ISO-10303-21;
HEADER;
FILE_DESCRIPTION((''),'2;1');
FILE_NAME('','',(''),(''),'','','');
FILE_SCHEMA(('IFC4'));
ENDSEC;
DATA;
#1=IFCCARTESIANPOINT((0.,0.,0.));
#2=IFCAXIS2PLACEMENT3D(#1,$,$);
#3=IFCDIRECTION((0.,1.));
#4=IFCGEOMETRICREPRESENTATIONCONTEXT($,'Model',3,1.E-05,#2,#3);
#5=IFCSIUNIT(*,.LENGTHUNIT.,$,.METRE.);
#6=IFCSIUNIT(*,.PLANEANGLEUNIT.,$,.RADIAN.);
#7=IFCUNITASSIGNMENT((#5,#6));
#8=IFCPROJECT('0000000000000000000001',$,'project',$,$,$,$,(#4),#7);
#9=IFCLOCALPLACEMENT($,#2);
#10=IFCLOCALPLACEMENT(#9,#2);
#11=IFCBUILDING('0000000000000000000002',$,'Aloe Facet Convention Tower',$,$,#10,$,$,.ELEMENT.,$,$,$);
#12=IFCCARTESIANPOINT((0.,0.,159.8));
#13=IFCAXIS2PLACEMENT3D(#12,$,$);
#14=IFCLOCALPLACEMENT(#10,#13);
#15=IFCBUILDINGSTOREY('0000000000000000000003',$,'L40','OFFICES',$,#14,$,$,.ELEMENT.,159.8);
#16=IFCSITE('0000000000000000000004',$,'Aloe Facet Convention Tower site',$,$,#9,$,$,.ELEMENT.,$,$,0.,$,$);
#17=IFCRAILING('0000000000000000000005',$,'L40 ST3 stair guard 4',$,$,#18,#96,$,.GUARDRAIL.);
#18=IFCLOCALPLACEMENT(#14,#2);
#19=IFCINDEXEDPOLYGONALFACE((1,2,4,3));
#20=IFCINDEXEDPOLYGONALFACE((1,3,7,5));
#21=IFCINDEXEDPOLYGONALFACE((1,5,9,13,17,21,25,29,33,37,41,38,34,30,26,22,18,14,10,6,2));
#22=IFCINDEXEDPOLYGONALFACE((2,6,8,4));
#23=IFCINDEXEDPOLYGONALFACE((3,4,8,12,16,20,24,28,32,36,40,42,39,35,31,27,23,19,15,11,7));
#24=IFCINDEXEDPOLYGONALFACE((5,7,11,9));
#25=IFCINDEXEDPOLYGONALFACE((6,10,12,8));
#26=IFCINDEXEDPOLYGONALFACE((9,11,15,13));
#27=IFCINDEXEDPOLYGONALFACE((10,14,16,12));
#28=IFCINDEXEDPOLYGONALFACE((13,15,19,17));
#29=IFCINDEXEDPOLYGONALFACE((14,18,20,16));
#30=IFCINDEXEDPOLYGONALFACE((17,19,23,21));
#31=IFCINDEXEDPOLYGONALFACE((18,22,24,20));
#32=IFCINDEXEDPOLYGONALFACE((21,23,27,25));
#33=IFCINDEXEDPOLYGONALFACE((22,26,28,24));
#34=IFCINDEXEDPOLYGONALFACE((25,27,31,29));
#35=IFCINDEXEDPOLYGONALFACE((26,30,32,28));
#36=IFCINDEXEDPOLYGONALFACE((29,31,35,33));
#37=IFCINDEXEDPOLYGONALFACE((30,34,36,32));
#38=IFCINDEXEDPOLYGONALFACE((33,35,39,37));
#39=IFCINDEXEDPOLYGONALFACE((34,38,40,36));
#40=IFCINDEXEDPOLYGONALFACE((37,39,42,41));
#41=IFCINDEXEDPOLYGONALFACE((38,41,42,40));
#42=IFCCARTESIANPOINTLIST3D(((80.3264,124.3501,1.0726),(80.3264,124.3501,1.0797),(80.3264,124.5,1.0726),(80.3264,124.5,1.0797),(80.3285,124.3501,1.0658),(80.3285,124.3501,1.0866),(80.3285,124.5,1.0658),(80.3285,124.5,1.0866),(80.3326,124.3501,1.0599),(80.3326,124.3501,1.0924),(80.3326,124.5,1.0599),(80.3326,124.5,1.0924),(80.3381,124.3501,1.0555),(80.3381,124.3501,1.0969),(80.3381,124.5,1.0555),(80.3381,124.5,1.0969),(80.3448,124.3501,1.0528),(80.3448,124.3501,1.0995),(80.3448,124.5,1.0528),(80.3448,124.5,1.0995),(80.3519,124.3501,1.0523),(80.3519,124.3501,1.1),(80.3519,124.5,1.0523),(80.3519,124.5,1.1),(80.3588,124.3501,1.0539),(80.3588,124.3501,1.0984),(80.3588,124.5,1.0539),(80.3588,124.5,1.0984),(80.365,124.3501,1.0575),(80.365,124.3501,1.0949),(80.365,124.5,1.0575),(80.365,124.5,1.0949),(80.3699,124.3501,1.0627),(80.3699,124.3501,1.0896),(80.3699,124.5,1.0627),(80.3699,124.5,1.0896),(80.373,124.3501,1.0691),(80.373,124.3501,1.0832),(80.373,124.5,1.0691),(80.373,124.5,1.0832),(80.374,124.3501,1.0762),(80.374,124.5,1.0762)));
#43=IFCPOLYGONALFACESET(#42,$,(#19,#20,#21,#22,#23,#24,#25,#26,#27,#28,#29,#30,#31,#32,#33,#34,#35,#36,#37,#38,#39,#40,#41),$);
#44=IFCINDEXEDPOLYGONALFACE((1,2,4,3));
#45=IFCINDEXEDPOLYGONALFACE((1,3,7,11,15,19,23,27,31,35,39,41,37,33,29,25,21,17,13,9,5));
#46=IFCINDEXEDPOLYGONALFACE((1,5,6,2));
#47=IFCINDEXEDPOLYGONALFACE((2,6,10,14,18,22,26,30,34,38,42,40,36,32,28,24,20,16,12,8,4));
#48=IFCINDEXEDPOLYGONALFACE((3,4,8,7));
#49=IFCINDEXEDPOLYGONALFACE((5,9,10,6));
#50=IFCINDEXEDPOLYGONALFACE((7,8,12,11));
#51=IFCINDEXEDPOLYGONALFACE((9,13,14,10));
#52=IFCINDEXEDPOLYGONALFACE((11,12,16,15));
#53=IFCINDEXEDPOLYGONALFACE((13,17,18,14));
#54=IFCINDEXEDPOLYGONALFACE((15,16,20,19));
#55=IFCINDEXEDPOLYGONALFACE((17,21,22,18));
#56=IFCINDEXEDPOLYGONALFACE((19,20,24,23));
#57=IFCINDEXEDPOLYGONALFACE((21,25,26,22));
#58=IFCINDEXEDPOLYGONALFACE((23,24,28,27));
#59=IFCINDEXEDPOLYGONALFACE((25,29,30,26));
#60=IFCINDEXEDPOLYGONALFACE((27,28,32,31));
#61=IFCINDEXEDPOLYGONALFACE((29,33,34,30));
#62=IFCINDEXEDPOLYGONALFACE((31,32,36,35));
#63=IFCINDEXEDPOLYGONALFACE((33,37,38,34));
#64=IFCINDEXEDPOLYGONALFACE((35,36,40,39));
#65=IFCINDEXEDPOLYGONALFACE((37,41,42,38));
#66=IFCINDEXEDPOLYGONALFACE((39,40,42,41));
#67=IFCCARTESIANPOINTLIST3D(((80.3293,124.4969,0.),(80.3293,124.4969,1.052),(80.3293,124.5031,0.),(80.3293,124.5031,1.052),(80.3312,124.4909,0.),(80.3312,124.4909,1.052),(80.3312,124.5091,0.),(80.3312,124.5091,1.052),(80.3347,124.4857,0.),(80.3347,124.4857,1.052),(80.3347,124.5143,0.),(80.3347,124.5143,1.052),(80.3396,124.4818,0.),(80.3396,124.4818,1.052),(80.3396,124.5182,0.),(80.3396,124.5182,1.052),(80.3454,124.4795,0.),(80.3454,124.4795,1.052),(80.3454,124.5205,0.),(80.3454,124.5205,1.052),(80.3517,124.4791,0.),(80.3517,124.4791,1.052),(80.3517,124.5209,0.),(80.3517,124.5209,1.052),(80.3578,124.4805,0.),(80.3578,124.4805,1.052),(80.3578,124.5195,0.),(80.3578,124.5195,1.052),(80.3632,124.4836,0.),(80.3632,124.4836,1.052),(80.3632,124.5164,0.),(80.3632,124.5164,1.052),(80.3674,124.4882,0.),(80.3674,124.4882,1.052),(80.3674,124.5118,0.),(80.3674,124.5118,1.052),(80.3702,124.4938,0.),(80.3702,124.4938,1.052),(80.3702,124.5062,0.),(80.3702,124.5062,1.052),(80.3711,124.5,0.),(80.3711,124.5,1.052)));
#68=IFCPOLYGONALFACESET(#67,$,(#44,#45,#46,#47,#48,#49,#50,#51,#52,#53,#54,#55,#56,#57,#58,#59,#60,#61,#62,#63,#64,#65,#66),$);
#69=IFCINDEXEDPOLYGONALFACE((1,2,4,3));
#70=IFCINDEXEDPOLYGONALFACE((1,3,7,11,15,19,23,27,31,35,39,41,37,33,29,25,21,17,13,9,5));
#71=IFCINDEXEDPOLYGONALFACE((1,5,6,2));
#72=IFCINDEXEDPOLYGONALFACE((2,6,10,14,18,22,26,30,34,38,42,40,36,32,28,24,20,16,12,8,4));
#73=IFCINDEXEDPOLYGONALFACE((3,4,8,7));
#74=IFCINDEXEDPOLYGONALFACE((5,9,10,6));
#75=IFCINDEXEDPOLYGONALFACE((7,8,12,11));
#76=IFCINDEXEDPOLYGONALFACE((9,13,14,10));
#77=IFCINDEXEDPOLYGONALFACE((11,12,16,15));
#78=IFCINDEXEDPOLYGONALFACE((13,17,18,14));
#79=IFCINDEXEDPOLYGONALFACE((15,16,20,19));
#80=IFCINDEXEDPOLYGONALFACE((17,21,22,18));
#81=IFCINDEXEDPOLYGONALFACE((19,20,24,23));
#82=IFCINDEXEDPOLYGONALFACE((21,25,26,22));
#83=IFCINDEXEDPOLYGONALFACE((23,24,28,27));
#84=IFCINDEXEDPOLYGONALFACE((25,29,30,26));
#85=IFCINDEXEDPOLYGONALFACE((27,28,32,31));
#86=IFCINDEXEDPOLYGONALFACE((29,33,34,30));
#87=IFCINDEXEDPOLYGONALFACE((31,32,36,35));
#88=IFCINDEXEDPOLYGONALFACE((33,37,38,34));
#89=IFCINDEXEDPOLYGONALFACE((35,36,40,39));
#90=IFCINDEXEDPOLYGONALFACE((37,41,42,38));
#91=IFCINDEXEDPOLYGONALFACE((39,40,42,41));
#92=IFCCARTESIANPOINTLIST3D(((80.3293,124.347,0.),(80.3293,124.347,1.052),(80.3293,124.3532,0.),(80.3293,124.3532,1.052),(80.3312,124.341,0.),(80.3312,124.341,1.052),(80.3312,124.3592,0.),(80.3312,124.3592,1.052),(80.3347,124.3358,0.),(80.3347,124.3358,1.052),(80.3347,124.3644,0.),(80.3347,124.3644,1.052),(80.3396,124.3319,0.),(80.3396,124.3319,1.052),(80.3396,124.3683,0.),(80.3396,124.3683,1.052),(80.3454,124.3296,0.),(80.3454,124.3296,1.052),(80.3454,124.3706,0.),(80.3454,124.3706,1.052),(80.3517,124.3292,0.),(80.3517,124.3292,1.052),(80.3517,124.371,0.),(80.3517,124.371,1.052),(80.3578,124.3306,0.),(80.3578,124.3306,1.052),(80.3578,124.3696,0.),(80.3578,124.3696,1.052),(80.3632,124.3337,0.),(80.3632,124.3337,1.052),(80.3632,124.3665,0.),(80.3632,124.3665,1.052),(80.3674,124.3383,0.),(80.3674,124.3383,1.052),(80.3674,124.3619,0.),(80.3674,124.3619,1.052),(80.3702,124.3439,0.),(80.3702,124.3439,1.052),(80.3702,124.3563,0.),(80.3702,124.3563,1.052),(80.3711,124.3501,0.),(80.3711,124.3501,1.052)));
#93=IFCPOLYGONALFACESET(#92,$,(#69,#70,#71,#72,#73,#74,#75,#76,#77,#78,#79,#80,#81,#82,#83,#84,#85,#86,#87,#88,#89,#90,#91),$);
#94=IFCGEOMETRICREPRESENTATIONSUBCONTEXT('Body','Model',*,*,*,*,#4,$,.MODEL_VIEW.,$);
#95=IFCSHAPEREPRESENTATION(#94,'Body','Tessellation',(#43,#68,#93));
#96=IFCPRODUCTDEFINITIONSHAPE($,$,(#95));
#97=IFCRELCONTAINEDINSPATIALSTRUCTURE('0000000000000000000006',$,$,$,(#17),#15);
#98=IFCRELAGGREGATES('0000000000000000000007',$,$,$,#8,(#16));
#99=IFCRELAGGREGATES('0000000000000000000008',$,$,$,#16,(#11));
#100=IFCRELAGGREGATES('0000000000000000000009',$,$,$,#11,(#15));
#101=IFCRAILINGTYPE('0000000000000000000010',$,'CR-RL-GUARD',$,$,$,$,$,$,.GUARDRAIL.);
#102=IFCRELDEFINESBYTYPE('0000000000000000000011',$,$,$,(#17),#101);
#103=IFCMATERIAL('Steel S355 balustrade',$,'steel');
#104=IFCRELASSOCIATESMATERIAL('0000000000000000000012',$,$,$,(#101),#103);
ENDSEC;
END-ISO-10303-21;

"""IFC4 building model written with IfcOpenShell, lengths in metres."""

from ifc_helpers import new_model, si_unit, direction, frame, origin, origin_2d, place, context, subcontext, project, spatial, circle, extrude, material, type_object, element, save


model = new_model("IFC4")

# Units and contexts
model_context = context("Model", 3, precision=1e-05, world=origin(), true_north=direction((0.0, 1.0)))
body_context = subcontext(model_context, "Body", "Model", "MODEL_VIEW")
ifc_project = project(units=[si_unit("LENGTHUNIT", "METRE"), si_unit("PLANEANGLEUNIT", "RADIAN")], contexts=[model_context])

# Site, building, storey
site_placement = place(None, origin())
site = spatial("IfcSite", under=ifc_project, at=site_placement, Name="Aloe Facet Convention Tower site", CompositionType="ELEMENT", RefElevation=0.0)
building_placement = place(site_placement, origin())
building = spatial("IfcBuilding", under=site, at=building_placement, Name="Aloe Facet Convention Tower", CompositionType="ELEMENT")
storey_placement = place(building_placement, frame((0.0, 0.0, 159.8)))
storey = spatial("IfcBuildingStorey", under=building, at=storey_placement, Name="L40", Description="OFFICES", CompositionType="ELEMENT", Elevation=159.8)

# Railing
ifc_material_1 = material(Name="Steel S355 balustrade", Category="steel")
railing_type_1 = type_object("IfcRailingType", Name="CR-RL-GUARD", PredefinedType="GUARDRAIL", material=ifc_material_1)
railing_1_placement = place(storey_placement, frame((80.3501, 124.5, 0.0)))
element("IfcRailing", 1, at=railing_1_placement, inside=storey, type_object=railing_type_1, Name="L40 ST3 stair guard 4", PredefinedType="GUARDRAIL", context=body_context, shape_type="SweptSolid", body=[
    extrude(circle(Radius=0.0239, at=origin_2d()), frame((0.0, 0.0, 1.0762), z_axis=(0.0, -1.0, 0.0), x_axis=(1.0, 0.0, 0.0)), (0.0, 0.0, 1.0), 0.1499),
    extrude(circle(Radius=0.021, at=origin_2d()), origin(), (0.0, 0.0, 1.0), 1.052),
    extrude(circle(Radius=0.021, at=origin_2d()), frame((0.0, -0.1499, 0.0)), (0.0, 0.0, 1.0), 1.052),
])

save(model, "model.ifc")
